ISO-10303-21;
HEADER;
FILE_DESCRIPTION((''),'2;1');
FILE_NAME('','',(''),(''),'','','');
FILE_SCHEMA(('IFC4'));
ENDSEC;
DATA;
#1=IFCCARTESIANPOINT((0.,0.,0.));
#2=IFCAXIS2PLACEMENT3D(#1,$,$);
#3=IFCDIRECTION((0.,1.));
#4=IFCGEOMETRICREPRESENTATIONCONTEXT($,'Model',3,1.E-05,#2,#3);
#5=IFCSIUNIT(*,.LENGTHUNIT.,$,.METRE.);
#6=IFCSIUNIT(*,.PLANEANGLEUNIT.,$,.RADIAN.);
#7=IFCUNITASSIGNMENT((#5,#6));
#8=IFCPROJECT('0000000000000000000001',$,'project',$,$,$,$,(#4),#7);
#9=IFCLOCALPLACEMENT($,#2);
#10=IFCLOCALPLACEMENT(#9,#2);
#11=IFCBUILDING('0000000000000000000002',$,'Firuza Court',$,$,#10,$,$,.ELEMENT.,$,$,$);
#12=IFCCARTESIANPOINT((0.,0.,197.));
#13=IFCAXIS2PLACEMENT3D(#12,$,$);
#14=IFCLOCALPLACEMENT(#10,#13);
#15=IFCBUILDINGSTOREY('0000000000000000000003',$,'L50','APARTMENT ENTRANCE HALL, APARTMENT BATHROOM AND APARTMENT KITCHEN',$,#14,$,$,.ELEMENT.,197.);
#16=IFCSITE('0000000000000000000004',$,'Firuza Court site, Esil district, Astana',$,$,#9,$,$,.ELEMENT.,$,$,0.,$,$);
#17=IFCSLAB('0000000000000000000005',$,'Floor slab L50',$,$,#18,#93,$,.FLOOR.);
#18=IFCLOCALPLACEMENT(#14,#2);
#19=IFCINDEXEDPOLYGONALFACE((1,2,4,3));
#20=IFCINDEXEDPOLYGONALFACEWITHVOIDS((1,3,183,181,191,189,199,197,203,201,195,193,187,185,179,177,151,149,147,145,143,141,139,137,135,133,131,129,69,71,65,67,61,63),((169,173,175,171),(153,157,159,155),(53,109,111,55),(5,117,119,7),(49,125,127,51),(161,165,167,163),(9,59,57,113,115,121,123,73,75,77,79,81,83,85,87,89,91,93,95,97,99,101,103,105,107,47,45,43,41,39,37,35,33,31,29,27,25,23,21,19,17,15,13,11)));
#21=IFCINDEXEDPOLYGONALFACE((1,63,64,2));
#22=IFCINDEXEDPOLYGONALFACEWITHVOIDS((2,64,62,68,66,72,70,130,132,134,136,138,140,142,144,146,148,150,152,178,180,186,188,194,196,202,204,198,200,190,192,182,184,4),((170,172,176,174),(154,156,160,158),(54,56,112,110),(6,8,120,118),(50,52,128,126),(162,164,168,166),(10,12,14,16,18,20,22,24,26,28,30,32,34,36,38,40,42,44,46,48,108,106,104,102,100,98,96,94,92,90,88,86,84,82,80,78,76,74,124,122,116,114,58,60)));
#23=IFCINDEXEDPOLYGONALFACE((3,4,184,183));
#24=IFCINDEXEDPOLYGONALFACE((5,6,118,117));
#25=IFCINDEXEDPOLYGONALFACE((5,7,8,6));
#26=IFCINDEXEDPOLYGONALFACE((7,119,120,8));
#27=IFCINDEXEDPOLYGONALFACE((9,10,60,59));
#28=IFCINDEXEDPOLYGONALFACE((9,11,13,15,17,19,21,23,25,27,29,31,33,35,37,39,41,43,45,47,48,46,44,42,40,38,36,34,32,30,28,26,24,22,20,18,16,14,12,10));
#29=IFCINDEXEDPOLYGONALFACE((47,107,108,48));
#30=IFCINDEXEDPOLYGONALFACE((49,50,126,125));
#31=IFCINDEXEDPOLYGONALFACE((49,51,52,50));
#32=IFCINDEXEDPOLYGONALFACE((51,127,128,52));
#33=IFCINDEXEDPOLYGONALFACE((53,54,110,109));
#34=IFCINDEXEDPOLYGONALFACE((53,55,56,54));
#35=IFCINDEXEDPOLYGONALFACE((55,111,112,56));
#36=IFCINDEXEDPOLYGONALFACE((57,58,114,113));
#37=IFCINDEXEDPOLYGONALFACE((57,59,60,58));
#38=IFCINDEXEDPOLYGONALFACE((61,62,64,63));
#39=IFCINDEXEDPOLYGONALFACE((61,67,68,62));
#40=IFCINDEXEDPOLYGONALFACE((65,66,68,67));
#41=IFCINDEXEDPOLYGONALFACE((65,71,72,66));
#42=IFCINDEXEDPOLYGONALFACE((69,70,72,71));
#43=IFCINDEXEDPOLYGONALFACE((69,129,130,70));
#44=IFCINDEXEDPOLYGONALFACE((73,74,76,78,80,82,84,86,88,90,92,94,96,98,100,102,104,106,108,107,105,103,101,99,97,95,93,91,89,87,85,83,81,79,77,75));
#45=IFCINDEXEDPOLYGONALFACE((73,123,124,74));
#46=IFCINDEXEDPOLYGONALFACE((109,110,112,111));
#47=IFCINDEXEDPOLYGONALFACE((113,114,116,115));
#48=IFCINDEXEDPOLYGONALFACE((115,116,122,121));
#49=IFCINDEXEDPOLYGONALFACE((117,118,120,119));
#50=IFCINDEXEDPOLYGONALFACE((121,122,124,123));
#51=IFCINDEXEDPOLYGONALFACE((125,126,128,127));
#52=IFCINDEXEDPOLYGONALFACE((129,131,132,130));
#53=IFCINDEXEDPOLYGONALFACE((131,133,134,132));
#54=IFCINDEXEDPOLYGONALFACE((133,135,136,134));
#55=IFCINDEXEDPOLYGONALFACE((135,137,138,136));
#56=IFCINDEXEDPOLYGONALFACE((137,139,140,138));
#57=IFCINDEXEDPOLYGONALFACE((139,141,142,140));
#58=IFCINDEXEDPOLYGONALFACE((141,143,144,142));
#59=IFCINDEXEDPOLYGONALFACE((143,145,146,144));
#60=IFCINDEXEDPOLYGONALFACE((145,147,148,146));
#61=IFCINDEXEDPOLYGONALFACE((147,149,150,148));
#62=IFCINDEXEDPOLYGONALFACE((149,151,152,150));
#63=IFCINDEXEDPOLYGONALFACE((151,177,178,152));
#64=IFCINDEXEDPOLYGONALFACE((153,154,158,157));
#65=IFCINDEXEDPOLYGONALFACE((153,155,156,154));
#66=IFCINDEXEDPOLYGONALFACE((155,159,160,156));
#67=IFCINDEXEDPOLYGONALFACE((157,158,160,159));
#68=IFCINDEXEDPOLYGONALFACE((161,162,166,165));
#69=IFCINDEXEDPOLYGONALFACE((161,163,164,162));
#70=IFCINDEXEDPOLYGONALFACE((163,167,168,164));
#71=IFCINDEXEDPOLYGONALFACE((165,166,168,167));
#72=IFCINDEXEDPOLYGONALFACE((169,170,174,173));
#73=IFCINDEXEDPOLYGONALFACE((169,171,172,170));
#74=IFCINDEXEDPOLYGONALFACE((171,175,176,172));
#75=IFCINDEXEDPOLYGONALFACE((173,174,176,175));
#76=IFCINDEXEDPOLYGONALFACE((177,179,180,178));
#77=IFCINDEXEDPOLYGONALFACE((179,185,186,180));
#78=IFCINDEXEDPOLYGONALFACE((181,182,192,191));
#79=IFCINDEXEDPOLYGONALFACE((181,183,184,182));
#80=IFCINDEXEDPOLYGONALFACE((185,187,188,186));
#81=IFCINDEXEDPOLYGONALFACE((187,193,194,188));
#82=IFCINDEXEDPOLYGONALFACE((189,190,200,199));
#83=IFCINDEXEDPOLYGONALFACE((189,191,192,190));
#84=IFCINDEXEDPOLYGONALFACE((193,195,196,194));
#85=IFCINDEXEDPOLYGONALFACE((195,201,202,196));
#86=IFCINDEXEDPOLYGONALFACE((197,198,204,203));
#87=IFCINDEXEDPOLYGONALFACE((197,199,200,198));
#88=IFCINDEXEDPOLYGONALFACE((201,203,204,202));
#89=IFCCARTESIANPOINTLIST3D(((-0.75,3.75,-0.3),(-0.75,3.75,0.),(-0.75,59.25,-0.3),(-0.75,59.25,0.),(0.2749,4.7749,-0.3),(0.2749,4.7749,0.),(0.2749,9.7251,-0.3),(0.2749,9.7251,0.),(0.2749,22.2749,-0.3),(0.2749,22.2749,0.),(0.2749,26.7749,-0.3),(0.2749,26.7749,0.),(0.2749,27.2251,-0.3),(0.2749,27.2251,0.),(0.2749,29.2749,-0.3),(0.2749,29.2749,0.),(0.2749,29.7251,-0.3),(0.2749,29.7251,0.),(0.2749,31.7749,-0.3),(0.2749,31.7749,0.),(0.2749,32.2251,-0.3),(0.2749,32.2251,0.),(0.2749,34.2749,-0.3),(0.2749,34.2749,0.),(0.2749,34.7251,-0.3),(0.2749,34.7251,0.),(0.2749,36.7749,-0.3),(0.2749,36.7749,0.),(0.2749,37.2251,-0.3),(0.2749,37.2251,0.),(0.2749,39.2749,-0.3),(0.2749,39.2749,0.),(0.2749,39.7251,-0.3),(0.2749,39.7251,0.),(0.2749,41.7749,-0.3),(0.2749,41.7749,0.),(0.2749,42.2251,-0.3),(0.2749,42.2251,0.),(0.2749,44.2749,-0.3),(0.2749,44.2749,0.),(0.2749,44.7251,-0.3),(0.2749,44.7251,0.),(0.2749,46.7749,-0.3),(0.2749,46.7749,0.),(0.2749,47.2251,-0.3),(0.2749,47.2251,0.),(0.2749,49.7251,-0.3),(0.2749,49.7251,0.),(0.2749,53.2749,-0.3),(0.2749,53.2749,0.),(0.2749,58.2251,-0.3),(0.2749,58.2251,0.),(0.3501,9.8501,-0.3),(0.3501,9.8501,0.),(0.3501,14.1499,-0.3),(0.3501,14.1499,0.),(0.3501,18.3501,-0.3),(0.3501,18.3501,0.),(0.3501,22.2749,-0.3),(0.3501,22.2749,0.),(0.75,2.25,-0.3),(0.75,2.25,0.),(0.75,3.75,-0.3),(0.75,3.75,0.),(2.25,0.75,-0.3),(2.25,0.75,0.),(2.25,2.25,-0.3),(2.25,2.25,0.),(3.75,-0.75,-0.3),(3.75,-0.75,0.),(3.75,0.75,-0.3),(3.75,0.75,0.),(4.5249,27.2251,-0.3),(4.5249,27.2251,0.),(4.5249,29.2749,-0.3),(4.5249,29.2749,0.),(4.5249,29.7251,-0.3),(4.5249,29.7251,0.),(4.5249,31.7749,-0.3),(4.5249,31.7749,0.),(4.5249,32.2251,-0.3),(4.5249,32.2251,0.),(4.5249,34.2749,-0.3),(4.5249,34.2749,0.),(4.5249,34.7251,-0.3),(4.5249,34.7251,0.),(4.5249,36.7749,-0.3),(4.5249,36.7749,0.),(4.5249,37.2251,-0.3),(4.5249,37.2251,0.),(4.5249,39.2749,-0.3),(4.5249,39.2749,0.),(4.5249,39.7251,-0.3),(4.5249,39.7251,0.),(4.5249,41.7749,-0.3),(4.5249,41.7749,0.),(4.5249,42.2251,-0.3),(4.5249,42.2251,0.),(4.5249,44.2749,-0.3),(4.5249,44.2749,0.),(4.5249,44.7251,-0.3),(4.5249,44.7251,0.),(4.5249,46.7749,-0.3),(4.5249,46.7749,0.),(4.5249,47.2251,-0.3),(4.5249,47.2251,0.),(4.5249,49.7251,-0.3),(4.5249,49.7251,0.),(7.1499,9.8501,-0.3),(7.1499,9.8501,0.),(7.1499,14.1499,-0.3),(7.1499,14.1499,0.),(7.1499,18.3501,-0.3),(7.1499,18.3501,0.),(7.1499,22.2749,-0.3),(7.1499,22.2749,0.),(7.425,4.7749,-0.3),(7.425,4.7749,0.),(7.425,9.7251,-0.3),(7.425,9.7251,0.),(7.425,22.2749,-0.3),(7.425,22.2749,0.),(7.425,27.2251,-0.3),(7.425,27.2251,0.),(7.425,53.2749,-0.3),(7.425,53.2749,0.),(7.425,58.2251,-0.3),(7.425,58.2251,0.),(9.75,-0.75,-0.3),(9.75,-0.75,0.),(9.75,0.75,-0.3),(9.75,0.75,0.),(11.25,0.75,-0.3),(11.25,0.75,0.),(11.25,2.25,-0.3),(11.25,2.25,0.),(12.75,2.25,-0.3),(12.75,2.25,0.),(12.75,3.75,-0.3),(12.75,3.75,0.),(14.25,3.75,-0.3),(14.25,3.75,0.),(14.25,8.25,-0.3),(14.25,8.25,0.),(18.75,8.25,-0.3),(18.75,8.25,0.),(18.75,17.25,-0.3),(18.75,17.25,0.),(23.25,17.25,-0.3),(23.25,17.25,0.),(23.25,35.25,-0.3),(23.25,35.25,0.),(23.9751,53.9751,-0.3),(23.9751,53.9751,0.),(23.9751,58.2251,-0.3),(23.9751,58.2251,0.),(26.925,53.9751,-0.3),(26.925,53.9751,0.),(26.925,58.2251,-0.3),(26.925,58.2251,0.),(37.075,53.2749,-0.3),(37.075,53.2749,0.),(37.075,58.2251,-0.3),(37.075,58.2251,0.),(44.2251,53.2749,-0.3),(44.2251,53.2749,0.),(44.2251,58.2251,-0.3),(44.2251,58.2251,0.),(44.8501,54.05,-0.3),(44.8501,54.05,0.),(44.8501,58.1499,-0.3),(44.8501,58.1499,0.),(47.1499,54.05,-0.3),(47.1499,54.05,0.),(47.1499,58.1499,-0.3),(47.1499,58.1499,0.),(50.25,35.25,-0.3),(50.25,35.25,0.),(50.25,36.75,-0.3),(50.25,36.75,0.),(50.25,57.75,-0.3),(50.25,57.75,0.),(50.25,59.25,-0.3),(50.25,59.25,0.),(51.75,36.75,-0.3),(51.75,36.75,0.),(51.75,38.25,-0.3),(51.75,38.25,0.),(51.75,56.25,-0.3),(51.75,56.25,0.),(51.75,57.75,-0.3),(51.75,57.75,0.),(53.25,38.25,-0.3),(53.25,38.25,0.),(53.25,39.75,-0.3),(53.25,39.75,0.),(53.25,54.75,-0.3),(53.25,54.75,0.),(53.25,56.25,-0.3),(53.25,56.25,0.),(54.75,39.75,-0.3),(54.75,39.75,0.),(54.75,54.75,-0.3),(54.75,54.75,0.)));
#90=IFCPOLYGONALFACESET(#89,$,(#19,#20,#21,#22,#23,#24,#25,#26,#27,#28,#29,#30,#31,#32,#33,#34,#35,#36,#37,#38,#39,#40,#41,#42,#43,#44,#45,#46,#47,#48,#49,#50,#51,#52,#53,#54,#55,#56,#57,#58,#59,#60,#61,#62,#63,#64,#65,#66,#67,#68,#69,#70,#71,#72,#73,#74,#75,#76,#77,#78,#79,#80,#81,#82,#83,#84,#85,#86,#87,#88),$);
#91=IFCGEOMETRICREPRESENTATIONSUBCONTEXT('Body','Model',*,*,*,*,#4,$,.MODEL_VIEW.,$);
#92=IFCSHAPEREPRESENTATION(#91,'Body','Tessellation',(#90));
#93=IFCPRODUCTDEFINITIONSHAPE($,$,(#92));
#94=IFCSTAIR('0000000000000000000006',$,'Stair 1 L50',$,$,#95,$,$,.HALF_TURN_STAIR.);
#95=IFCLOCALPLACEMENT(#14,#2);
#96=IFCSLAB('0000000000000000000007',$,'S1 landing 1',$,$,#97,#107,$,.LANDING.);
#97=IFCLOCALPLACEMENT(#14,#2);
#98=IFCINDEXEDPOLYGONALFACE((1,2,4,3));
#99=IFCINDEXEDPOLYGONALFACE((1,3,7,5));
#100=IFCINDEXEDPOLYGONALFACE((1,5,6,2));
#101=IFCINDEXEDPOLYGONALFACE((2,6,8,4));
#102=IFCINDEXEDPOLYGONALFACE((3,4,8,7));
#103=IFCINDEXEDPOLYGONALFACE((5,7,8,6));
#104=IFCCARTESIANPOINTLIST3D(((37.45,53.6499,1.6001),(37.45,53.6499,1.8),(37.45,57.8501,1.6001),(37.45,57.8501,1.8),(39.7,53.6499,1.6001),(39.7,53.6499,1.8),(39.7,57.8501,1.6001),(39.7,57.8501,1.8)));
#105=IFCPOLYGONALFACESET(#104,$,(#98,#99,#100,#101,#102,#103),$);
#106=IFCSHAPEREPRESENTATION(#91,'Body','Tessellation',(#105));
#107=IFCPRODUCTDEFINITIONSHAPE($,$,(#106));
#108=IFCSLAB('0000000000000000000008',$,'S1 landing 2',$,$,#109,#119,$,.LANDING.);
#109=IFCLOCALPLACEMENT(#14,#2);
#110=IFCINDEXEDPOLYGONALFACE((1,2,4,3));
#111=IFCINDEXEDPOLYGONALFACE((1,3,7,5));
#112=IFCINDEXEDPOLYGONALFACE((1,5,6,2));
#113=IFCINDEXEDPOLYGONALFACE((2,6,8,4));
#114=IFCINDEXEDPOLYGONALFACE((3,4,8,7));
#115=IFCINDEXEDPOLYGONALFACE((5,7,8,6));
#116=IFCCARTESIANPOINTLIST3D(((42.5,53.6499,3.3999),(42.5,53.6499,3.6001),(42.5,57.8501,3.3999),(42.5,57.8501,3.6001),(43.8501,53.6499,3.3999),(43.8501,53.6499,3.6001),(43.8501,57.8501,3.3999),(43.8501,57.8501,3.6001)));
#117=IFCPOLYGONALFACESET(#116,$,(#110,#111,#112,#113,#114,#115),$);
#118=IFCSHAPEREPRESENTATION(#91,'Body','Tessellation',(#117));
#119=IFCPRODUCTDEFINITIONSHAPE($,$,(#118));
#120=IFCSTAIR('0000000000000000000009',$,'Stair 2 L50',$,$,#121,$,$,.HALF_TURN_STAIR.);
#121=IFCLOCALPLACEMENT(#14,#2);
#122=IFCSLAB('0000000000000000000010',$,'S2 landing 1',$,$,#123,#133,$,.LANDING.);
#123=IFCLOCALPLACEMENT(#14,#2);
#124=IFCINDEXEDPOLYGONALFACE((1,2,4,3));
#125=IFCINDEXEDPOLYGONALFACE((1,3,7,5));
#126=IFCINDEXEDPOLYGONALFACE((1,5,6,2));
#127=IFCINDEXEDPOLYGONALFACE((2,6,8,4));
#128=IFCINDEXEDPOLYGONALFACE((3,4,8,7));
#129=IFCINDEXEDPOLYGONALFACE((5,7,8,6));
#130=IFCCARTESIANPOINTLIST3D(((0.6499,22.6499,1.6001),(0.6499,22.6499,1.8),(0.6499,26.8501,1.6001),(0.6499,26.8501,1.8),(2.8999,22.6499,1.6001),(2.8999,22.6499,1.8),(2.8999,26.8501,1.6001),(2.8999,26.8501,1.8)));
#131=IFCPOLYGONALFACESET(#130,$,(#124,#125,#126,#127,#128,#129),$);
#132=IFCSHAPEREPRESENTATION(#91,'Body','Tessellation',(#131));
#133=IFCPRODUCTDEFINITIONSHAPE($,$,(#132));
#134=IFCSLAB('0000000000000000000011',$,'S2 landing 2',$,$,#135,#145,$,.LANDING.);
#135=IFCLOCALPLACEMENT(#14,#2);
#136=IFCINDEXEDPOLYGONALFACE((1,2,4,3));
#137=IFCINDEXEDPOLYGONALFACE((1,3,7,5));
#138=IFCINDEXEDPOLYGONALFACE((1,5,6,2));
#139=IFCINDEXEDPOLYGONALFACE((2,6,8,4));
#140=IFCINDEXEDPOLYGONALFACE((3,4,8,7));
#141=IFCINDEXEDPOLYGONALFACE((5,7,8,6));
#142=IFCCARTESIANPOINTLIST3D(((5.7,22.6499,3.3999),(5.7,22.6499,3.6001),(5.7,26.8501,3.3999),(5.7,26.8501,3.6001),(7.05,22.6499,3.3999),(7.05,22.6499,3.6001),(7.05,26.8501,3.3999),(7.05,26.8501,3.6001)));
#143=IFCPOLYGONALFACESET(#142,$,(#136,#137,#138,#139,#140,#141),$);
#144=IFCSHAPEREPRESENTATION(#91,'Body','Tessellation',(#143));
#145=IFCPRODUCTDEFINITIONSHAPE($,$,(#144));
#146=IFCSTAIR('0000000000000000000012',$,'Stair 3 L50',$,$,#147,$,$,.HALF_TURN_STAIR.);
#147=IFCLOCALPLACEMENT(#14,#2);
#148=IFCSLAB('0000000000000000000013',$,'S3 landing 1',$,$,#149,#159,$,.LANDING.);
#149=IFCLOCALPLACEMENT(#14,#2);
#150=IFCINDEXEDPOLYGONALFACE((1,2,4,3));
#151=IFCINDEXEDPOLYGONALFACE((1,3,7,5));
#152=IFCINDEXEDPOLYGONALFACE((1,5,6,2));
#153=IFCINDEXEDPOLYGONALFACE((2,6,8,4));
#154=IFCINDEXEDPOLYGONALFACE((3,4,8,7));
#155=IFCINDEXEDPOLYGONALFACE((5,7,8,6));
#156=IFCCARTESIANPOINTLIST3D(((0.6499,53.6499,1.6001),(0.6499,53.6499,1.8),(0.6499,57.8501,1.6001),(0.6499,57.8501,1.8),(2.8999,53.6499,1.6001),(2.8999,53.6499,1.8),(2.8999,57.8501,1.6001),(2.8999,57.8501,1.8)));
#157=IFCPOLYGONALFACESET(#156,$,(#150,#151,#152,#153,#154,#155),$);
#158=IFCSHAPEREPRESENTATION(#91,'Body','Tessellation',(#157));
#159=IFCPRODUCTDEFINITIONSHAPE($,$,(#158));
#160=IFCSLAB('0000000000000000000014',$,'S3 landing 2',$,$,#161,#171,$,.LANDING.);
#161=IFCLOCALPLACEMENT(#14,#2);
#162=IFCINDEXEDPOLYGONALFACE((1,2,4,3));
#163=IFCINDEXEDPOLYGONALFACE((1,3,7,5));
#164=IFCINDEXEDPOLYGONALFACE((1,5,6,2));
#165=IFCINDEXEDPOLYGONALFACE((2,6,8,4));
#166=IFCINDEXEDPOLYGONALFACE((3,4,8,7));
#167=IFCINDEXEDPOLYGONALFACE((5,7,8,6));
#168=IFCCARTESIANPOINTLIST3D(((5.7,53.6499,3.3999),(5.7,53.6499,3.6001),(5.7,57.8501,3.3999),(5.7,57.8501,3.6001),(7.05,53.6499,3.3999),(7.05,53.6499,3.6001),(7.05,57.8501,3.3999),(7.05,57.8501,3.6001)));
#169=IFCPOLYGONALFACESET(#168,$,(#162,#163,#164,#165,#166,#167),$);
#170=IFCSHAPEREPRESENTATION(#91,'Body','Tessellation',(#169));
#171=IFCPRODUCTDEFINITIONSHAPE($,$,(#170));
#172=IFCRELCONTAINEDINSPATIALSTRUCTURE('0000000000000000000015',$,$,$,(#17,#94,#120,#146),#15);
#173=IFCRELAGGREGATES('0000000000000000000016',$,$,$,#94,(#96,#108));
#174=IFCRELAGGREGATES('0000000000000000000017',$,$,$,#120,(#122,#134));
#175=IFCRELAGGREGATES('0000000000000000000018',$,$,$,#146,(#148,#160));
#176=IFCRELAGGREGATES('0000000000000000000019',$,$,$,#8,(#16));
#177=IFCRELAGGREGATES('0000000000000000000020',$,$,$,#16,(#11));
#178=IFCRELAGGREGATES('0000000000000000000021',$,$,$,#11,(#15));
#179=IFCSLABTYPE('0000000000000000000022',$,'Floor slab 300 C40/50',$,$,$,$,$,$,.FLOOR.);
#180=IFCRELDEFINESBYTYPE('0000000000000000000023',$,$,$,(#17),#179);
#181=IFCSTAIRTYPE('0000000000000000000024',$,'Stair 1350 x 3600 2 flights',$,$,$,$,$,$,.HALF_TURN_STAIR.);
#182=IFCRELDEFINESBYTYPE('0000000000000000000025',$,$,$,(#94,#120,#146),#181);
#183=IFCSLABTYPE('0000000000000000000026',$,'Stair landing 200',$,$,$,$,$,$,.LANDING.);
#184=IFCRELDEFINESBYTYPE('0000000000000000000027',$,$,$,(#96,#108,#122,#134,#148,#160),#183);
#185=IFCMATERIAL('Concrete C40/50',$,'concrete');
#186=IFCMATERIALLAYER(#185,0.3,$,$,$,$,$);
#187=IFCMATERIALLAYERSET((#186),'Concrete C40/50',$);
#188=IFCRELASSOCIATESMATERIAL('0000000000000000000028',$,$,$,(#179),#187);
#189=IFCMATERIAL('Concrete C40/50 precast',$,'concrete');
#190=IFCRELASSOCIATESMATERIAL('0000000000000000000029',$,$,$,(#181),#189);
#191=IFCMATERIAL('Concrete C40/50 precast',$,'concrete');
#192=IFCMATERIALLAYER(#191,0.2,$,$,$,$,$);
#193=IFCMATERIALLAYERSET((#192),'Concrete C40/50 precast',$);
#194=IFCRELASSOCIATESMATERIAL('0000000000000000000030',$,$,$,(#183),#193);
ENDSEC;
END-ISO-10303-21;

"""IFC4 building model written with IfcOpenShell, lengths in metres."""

from ifc_helpers import new_model, si_unit, direction, frame, origin, place, context, subcontext, project, spatial, polyline, outline, extrude, material, layer, layer_set, type_object, element, aggregate, save


model = new_model("IFC4")

# Units and contexts
model_context = context("Model", 3, precision=1e-05, world=origin(), true_north=direction((0.0, 1.0)))
body_context = subcontext(model_context, "Body", "Model", "MODEL_VIEW")
ifc_project = project(units=[si_unit("LENGTHUNIT", "METRE"), si_unit("PLANEANGLEUNIT", "RADIAN")], contexts=[model_context])

# Site, building, storey
site_placement = place(None, origin())
site = spatial("IfcSite", under=ifc_project, at=site_placement, Name="Firuza Court site, Esil district, Astana", CompositionType="ELEMENT", RefElevation=0.0)
building_placement = place(site_placement, origin())
building = spatial("IfcBuilding", under=site, at=building_placement, Name="Firuza Court", CompositionType="ELEMENT")
storey_placement = place(building_placement, frame((0.0, 0.0, 197.0)))
storey = spatial("IfcBuildingStorey", under=building, at=storey_placement, Name="L50", Description="APARTMENT ENTRANCE HALL, APARTMENT BATHROOM AND APARTMENT KITCHEN", CompositionType="ELEMENT", Elevation=197.0)

# Slab
ifc_material_1 = material(Name="Concrete C40/50", Category="concrete")
ifc_layer_1 = layer(ifc_material_1, 0.3)
ifc_layer_set_1 = layer_set([ifc_layer_1], Name="Concrete C40/50")
slab_type_1 = type_object("IfcSlabType", Name="Floor slab 300 C40/50", PredefinedType="FLOOR", material=ifc_layer_set_1)
slab_1_placement = place(storey_placement, frame((0.0, 0.0, -0.3)))
element("IfcSlab", 1, at=slab_1_placement, inside=storey, type_object=slab_type_1, Name="Floor slab L50", PredefinedType="FLOOR", context=body_context, shape_type="SweptSolid", body=[
    extrude(outline(polyline([(-0.75, 59.25), (50.25, 59.25), (50.25, 57.75), (51.75, 57.75), (51.75, 56.25), (53.25, 56.25), (53.25, 54.75), (54.75, 54.75), (54.75, 39.75), (53.25, 39.75), (53.25, 38.25), (51.75, 38.25), (51.75, 36.75), (50.25, 36.75), (50.25, 35.25), (23.25, 35.25), (23.25, 17.25), (18.75, 17.25), (18.75, 8.25), (14.25, 8.25), (14.25, 3.75), (12.75, 3.75), (12.75, 2.25), (11.25, 2.25), (11.25, 0.75), (9.75, 0.75), (9.75, -0.75), (3.75, -0.75), (3.75, 0.75), (2.25, 0.75), (2.25, 2.25), (0.75, 2.25), (0.75, 3.75), (-0.75, 3.75), (-0.75, 59.25)]), holes=[polyline([(0.2749, 29.7251), (0.2749, 29.2749), (0.2749, 27.2251), (0.2749, 26.7749), (0.2749, 22.2749), (0.3501, 22.2749), (0.3501, 18.3501), (7.1499, 18.3501), (7.1499, 22.2749), (7.425, 22.2749), (7.425, 27.2251), (4.5249, 27.2251), (4.5249, 29.2749), (4.5249, 29.7251), (4.5249, 31.7749), (4.5249, 32.2251), (4.5249, 34.2749), (4.5249, 34.7251), (4.5249, 36.7749), (4.5249, 37.2251), (4.5249, 39.2749), (4.5249, 39.7251), (4.5249, 41.7749), (4.5249, 42.2251), (4.5249, 44.2749), (4.5249, 44.7251), (4.5249, 46.7749), (4.5249, 47.2251), (4.5249, 49.7251), (0.2749, 49.7251), (0.2749, 47.2251), (0.2749, 46.7749), (0.2749, 44.7251), (0.2749, 44.2749), (0.2749, 42.2251), (0.2749, 41.7749), (0.2749, 39.7251), (0.2749, 39.2749), (0.2749, 37.2251), (0.2749, 36.7749), (0.2749, 34.7251), (0.2749, 34.2749), (0.2749, 32.2251), (0.2749, 31.7749), (0.2749, 29.7251)]), polyline([(7.425, 9.7251), (0.2749, 9.7251), (0.2749, 4.7749), (7.425, 4.7749), (7.425, 9.7251)]), polyline([(7.1499, 14.1499), (0.3501, 14.1499), (0.3501, 9.8501), (7.1499, 9.8501), (7.1499, 14.1499)]), polyline([(7.425, 58.2251), (0.2749, 58.2251), (0.2749, 53.2749), (7.425, 53.2749), (7.425, 58.2251)]), polyline([(44.2251, 58.2251), (37.075, 58.2251), (37.075, 53.2749), (44.2251, 53.2749), (44.2251, 58.2251)]), polyline([(26.925, 53.9751), (26.925, 58.2251), (23.9751, 58.2251), (23.9751, 53.9751), (26.925, 53.9751)]), polyline([(47.1499, 54.05), (47.1499, 58.1499), (44.8501, 58.1499), (44.8501, 54.05), (47.1499, 54.05)])]), origin(), (0.0, 0.0, 1.0), 0.3),
])

# Stairs, slabs
ifc_material_2 = material(Name="Concrete C40/50 precast", Category="concrete")
stair_type = type_object("IfcStairType", Name="Stair 1350 x 3600 2 flights", PredefinedType="HALF_TURN_STAIR", material=ifc_material_2)
stair_1_placement = place(storey_placement, origin())
stair_1 = element("IfcStair", 2, at=stair_1_placement, inside=storey, type_object=stair_type, Name="Stair 1 L50", PredefinedType="HALF_TURN_STAIR")
ifc_material_3 = material(Name="Concrete C40/50 precast", Category="concrete")
ifc_layer_2 = layer(ifc_material_3, 0.2)
ifc_layer_set_2 = layer_set([ifc_layer_2], Name="Concrete C40/50 precast")
slab_type_2 = type_object("IfcSlabType", Name="Stair landing 200", PredefinedType="LANDING", material=ifc_layer_set_2)
slab_2_placement = place(storey_placement, frame((0.0, 0.0, 1.6001)))
slab_2 = element("IfcSlab", 3, at=slab_2_placement, type_object=slab_type_2, Name="S1 landing 1", PredefinedType="LANDING", context=body_context, shape_type="SweptSolid", body=[
    extrude(outline(polyline([(39.7, 53.6499), (39.7, 57.8501), (37.45, 57.8501), (37.45, 53.6499), (39.7, 53.6499)])), origin(), (0.0, 0.0, 1.0), 0.2),
])
slab_3_placement = place(storey_placement, frame((0.0, 0.0, 3.3999)))
slab_3 = element("IfcSlab", 4, at=slab_3_placement, type_object=slab_type_2, Name="S1 landing 2", PredefinedType="LANDING", context=body_context, shape_type="SweptSolid", body=[
    extrude(outline(polyline([(43.8501, 53.6499), (43.8501, 57.8501), (42.5, 57.8501), (42.5, 53.6499), (43.8501, 53.6499)])), origin(), (0.0, 0.0, 1.0), 0.2002),
])
aggregate(stair_1, [slab_2, slab_3])
stair_2_placement = place(storey_placement, origin())
stair_2 = element("IfcStair", 5, at=stair_2_placement, inside=storey, type_object=stair_type, Name="Stair 2 L50", PredefinedType="HALF_TURN_STAIR")
slab_4_placement = place(storey_placement, frame((0.0, 0.0, 1.6001)))
slab_4 = element("IfcSlab", 6, at=slab_4_placement, type_object=slab_type_2, Name="S2 landing 1", PredefinedType="LANDING", context=body_context, shape_type="SweptSolid", body=[
    extrude(outline(polyline([(2.8999, 22.6499), (2.8999, 26.8501), (0.6499, 26.8501), (0.6499, 22.6499), (2.8999, 22.6499)])), origin(), (0.0, 0.0, 1.0), 0.2),
])
slab_5_placement = place(storey_placement, frame((0.0, 0.0, 3.3999)))
slab_5 = element("IfcSlab", 7, at=slab_5_placement, type_object=slab_type_2, Name="S2 landing 2", PredefinedType="LANDING", context=body_context, shape_type="SweptSolid", body=[
    extrude(outline(polyline([(7.05, 22.6499), (7.05, 26.8501), (5.7, 26.8501), (5.7, 22.6499), (7.05, 22.6499)])), origin(), (0.0, 0.0, 1.0), 0.2002),
])
aggregate(stair_2, [slab_4, slab_5])
stair_3_placement = place(storey_placement, origin())
stair_3 = element("IfcStair", 8, at=stair_3_placement, inside=storey, type_object=stair_type, Name="Stair 3 L50", PredefinedType="HALF_TURN_STAIR")
slab_6_placement = place(storey_placement, frame((0.0, 0.0, 1.6001)))
slab_6 = element("IfcSlab", 9, at=slab_6_placement, type_object=slab_type_2, Name="S3 landing 1", PredefinedType="LANDING", context=body_context, shape_type="SweptSolid", body=[
    extrude(outline(polyline([(2.8999, 53.6499), (2.8999, 57.8501), (0.6499, 57.8501), (0.6499, 53.6499), (2.8999, 53.6499)])), origin(), (0.0, 0.0, 1.0), 0.2),
])
slab_7_placement = place(storey_placement, frame((0.0, 0.0, 3.3999)))
slab_7 = element("IfcSlab", 10, at=slab_7_placement, type_object=slab_type_2, Name="S3 landing 2", PredefinedType="LANDING", context=body_context, shape_type="SweptSolid", body=[
    extrude(outline(polyline([(7.05, 53.6499), (7.05, 57.8501), (5.7, 57.8501), (5.7, 53.6499), (7.05, 53.6499)])), origin(), (0.0, 0.0, 1.0), 0.2002),
])
aggregate(stair_3, [slab_6, slab_7])

save(model, "model.ifc")
